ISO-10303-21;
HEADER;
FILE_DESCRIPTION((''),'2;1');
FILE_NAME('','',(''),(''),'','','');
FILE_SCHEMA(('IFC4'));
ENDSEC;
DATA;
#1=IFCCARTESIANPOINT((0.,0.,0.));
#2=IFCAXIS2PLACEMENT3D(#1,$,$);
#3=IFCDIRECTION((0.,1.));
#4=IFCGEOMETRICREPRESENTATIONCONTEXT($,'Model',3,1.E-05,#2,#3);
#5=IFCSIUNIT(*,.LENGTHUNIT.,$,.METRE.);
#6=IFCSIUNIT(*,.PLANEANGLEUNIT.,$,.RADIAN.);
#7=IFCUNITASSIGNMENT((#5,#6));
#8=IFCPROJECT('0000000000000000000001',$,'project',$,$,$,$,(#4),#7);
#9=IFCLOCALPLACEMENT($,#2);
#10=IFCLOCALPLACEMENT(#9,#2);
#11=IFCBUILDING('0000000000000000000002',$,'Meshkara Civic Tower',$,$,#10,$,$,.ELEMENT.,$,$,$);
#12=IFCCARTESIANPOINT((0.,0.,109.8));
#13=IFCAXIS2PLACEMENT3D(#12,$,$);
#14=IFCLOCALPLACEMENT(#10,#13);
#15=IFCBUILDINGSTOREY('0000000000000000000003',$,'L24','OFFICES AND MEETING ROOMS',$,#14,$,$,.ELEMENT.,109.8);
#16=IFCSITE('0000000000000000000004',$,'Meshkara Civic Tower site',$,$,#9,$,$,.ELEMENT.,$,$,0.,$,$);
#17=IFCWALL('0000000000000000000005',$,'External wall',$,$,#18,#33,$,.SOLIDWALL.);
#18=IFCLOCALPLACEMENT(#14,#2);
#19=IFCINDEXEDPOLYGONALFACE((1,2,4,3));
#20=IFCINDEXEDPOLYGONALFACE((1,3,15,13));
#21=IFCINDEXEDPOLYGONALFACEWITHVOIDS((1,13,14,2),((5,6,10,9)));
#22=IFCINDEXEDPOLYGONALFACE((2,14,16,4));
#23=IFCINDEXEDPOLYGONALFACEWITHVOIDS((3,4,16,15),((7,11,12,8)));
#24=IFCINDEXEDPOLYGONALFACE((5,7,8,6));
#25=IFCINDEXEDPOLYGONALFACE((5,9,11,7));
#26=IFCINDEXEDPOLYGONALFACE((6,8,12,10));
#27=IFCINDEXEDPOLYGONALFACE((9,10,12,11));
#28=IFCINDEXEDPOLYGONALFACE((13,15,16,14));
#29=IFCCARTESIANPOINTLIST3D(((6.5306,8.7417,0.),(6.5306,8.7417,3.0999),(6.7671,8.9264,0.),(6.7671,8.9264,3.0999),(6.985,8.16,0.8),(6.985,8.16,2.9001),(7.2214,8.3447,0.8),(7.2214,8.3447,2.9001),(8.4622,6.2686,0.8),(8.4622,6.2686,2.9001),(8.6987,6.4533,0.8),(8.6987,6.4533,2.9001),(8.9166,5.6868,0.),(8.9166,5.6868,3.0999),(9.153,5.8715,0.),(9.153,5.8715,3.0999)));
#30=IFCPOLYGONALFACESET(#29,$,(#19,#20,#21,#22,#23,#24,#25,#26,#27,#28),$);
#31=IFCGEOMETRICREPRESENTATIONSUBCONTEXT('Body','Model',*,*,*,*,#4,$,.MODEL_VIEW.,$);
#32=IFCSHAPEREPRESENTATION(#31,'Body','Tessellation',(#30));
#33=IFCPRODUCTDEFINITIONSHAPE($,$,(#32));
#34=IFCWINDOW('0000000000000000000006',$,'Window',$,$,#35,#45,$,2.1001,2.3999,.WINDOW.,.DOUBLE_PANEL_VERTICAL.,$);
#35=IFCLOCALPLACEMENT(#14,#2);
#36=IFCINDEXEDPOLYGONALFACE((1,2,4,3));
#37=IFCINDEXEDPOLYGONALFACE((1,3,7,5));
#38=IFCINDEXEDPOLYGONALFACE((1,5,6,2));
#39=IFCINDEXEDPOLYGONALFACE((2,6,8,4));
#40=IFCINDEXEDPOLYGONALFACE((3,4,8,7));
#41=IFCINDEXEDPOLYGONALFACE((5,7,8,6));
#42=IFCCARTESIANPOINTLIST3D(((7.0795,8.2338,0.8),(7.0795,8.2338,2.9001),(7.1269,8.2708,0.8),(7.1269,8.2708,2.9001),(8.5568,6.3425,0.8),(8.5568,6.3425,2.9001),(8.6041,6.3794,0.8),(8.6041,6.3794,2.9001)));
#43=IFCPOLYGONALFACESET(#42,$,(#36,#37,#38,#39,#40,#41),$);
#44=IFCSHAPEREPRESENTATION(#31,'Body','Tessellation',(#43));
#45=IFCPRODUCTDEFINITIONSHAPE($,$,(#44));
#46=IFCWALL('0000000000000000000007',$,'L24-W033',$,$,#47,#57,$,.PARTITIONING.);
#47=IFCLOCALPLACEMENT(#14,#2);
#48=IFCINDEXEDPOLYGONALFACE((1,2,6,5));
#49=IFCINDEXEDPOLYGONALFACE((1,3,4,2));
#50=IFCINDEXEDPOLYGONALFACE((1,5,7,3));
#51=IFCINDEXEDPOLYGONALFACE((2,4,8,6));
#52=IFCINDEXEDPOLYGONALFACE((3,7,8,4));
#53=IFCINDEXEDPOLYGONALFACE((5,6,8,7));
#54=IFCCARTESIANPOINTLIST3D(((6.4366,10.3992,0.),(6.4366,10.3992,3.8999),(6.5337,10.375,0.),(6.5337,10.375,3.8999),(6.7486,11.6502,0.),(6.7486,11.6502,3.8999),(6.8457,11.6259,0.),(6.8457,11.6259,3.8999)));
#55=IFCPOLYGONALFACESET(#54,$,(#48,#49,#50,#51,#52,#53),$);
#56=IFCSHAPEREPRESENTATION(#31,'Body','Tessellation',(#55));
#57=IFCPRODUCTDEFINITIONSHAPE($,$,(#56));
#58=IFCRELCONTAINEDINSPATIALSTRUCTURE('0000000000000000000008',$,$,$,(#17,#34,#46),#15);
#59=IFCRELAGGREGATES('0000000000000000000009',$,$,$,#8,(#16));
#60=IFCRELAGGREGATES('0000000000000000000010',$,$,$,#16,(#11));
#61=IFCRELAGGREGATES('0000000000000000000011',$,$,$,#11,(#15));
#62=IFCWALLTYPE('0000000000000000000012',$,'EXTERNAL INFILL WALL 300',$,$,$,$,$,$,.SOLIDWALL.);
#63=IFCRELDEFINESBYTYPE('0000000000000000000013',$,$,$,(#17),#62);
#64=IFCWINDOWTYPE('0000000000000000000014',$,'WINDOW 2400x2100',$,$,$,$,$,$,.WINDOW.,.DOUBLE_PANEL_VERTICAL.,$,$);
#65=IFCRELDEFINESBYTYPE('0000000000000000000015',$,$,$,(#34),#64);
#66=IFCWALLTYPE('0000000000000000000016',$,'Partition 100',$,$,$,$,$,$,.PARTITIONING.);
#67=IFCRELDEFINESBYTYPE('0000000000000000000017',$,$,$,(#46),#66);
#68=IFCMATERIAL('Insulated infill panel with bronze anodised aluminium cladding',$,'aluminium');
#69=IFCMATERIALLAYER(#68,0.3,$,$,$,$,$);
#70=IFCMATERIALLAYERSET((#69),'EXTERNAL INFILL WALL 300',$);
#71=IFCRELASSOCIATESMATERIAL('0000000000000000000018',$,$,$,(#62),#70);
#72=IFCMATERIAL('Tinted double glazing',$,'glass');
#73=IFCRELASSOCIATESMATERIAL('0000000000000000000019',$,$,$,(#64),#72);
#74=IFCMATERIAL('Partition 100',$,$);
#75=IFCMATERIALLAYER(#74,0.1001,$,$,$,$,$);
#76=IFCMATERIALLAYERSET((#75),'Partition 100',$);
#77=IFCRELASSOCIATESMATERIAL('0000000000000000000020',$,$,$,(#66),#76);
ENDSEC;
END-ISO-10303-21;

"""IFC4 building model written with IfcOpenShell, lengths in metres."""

from ifc_helpers import new_model, si_unit, direction, frame, frame_2d, origin, place, context, subcontext, project, spatial, rectangle, extrude, material, layer, layer_set, type_object, element, fill, save


model = new_model("IFC4")

# Units and contexts
model_context = context("Model", 3, precision=1e-05, world=origin(), true_north=direction((0.0, 1.0)))
body_context = subcontext(model_context, "Body", "Model", "MODEL_VIEW")
ifc_project = project(units=[si_unit("LENGTHUNIT", "METRE"), si_unit("PLANEANGLEUNIT", "RADIAN")], contexts=[model_context])

# Site, building, storey
site_placement = place(None, origin())
site = spatial("IfcSite", under=ifc_project, at=site_placement, Name="Meshkara Civic Tower site", CompositionType="ELEMENT", RefElevation=0.0)
building_placement = place(site_placement, origin())
building = spatial("IfcBuilding", under=site, at=building_placement, Name="Meshkara Civic Tower", CompositionType="ELEMENT")
storey_placement = place(building_placement, frame((0.0, 0.0, 109.8)))
storey = spatial("IfcBuildingStorey", under=building, at=storey_placement, Name="L24", Description="OFFICES AND MEETING ROOMS", CompositionType="ELEMENT", Elevation=109.8)

# Wall, opening, window
ifc_material_1 = material(Name="Insulated infill panel with bronze anodised aluminium cladding", Category="aluminium")
ifc_layer_1 = layer(ifc_material_1, 0.3)
ifc_layer_set_1 = layer_set([ifc_layer_1], Name="EXTERNAL INFILL WALL 300")
wall_type_1 = type_object("IfcWallType", Name="EXTERNAL INFILL WALL 300", PredefinedType="SOLIDWALL", material=ifc_layer_set_1)
ifc_material_2 = material(Name="Tinted double glazing", Category="glass")
window_type = type_object("IfcWindowType", Name="WINDOW 2400x2100", PartitioningType="DOUBLE_PANEL_VERTICAL", PredefinedType="WINDOW", material=ifc_material_2)
wall_1_placement = place(storey_placement, frame((6.6489, 8.834, 0.0), z_axis=(0.0, 0.0, 1.0), x_axis=(0.615535, -0.788109, 0.0)))
wall_1 = element("IfcWall", 1, at=wall_1_placement, inside=storey, type_object=wall_type_1, Name="External wall", PredefinedType="SOLIDWALL", context=body_context, shape_type="SweptSolid", body=[
    extrude(rectangle(XDim=3.8762, YDim=0.3, at=frame_2d((1.938, 0.0))), origin(), (0.0, 0.0, 1.0), 3.0999),
])
opening_1_placement = place(wall_1_placement, frame((0.738, 0.0, 0.8)))
opening_1 = element("IfcOpeningElement", 2, at=opening_1_placement, cuts=wall_1, PredefinedType="OPENING", context=body_context, shape_type="SweptSolid", body=[
    extrude(rectangle(XDim=2.3999, YDim=2.1001, at=frame_2d((1.2, 1.05))), frame((0.0, 0.1599, 0.0), z_axis=(0.0, -1.0, 0.0), x_axis=(1.0, 0.0, 0.0)), (0.0, 0.0, 1.0), 0.3201),
])
window_1_placement = place(opening_1_placement, origin())
window_1 = element("IfcWindow", 3, at=window_1_placement, inside=storey, type_object=window_type, Name="Window", OverallHeight=2.1001, OverallWidth=2.3999, PartitioningType="DOUBLE_PANEL_VERTICAL", PredefinedType="WINDOW", context=body_context, shape_type="SweptSolid", body=[
    extrude(rectangle(XDim=2.3999, YDim=2.1001, at=frame_2d((1.2, 1.05))), frame((0.0, 0.03, 0.0), z_axis=(0.0, -1.0, 0.0), x_axis=(1.0, 0.0, 0.0)), (0.0, 0.0, 1.0), 0.0601),
])
fill(opening_1, window_1)

# Wall
ifc_material_3 = material(Name="Partition 100")
ifc_layer_2 = layer(ifc_material_3, 0.1001)
ifc_layer_set_2 = layer_set([ifc_layer_2], Name="Partition 100")
wall_type_2 = type_object("IfcWallType", Name="Partition 100", PredefinedType="PARTITIONING", material=ifc_layer_set_2)
wall_2_placement = place(storey_placement, frame((6.7971, 11.6379, 0.0), z_axis=(0.0, 0.0, 1.0), x_axis=(-0.242001, -0.970276, 0.0)))
element("IfcWall", 4, at=wall_2_placement, inside=storey, type_object=wall_type_2, Name="L24-W033", PredefinedType="PARTITIONING", context=body_context, shape_type="SweptSolid", body=[
    extrude(rectangle(XDim=1.2893, YDim=0.1001, at=frame_2d((0.6445, 0.0))), origin(), (0.0, 0.0, 1.0), 3.8999),
])

save(model, "model.ifc")
